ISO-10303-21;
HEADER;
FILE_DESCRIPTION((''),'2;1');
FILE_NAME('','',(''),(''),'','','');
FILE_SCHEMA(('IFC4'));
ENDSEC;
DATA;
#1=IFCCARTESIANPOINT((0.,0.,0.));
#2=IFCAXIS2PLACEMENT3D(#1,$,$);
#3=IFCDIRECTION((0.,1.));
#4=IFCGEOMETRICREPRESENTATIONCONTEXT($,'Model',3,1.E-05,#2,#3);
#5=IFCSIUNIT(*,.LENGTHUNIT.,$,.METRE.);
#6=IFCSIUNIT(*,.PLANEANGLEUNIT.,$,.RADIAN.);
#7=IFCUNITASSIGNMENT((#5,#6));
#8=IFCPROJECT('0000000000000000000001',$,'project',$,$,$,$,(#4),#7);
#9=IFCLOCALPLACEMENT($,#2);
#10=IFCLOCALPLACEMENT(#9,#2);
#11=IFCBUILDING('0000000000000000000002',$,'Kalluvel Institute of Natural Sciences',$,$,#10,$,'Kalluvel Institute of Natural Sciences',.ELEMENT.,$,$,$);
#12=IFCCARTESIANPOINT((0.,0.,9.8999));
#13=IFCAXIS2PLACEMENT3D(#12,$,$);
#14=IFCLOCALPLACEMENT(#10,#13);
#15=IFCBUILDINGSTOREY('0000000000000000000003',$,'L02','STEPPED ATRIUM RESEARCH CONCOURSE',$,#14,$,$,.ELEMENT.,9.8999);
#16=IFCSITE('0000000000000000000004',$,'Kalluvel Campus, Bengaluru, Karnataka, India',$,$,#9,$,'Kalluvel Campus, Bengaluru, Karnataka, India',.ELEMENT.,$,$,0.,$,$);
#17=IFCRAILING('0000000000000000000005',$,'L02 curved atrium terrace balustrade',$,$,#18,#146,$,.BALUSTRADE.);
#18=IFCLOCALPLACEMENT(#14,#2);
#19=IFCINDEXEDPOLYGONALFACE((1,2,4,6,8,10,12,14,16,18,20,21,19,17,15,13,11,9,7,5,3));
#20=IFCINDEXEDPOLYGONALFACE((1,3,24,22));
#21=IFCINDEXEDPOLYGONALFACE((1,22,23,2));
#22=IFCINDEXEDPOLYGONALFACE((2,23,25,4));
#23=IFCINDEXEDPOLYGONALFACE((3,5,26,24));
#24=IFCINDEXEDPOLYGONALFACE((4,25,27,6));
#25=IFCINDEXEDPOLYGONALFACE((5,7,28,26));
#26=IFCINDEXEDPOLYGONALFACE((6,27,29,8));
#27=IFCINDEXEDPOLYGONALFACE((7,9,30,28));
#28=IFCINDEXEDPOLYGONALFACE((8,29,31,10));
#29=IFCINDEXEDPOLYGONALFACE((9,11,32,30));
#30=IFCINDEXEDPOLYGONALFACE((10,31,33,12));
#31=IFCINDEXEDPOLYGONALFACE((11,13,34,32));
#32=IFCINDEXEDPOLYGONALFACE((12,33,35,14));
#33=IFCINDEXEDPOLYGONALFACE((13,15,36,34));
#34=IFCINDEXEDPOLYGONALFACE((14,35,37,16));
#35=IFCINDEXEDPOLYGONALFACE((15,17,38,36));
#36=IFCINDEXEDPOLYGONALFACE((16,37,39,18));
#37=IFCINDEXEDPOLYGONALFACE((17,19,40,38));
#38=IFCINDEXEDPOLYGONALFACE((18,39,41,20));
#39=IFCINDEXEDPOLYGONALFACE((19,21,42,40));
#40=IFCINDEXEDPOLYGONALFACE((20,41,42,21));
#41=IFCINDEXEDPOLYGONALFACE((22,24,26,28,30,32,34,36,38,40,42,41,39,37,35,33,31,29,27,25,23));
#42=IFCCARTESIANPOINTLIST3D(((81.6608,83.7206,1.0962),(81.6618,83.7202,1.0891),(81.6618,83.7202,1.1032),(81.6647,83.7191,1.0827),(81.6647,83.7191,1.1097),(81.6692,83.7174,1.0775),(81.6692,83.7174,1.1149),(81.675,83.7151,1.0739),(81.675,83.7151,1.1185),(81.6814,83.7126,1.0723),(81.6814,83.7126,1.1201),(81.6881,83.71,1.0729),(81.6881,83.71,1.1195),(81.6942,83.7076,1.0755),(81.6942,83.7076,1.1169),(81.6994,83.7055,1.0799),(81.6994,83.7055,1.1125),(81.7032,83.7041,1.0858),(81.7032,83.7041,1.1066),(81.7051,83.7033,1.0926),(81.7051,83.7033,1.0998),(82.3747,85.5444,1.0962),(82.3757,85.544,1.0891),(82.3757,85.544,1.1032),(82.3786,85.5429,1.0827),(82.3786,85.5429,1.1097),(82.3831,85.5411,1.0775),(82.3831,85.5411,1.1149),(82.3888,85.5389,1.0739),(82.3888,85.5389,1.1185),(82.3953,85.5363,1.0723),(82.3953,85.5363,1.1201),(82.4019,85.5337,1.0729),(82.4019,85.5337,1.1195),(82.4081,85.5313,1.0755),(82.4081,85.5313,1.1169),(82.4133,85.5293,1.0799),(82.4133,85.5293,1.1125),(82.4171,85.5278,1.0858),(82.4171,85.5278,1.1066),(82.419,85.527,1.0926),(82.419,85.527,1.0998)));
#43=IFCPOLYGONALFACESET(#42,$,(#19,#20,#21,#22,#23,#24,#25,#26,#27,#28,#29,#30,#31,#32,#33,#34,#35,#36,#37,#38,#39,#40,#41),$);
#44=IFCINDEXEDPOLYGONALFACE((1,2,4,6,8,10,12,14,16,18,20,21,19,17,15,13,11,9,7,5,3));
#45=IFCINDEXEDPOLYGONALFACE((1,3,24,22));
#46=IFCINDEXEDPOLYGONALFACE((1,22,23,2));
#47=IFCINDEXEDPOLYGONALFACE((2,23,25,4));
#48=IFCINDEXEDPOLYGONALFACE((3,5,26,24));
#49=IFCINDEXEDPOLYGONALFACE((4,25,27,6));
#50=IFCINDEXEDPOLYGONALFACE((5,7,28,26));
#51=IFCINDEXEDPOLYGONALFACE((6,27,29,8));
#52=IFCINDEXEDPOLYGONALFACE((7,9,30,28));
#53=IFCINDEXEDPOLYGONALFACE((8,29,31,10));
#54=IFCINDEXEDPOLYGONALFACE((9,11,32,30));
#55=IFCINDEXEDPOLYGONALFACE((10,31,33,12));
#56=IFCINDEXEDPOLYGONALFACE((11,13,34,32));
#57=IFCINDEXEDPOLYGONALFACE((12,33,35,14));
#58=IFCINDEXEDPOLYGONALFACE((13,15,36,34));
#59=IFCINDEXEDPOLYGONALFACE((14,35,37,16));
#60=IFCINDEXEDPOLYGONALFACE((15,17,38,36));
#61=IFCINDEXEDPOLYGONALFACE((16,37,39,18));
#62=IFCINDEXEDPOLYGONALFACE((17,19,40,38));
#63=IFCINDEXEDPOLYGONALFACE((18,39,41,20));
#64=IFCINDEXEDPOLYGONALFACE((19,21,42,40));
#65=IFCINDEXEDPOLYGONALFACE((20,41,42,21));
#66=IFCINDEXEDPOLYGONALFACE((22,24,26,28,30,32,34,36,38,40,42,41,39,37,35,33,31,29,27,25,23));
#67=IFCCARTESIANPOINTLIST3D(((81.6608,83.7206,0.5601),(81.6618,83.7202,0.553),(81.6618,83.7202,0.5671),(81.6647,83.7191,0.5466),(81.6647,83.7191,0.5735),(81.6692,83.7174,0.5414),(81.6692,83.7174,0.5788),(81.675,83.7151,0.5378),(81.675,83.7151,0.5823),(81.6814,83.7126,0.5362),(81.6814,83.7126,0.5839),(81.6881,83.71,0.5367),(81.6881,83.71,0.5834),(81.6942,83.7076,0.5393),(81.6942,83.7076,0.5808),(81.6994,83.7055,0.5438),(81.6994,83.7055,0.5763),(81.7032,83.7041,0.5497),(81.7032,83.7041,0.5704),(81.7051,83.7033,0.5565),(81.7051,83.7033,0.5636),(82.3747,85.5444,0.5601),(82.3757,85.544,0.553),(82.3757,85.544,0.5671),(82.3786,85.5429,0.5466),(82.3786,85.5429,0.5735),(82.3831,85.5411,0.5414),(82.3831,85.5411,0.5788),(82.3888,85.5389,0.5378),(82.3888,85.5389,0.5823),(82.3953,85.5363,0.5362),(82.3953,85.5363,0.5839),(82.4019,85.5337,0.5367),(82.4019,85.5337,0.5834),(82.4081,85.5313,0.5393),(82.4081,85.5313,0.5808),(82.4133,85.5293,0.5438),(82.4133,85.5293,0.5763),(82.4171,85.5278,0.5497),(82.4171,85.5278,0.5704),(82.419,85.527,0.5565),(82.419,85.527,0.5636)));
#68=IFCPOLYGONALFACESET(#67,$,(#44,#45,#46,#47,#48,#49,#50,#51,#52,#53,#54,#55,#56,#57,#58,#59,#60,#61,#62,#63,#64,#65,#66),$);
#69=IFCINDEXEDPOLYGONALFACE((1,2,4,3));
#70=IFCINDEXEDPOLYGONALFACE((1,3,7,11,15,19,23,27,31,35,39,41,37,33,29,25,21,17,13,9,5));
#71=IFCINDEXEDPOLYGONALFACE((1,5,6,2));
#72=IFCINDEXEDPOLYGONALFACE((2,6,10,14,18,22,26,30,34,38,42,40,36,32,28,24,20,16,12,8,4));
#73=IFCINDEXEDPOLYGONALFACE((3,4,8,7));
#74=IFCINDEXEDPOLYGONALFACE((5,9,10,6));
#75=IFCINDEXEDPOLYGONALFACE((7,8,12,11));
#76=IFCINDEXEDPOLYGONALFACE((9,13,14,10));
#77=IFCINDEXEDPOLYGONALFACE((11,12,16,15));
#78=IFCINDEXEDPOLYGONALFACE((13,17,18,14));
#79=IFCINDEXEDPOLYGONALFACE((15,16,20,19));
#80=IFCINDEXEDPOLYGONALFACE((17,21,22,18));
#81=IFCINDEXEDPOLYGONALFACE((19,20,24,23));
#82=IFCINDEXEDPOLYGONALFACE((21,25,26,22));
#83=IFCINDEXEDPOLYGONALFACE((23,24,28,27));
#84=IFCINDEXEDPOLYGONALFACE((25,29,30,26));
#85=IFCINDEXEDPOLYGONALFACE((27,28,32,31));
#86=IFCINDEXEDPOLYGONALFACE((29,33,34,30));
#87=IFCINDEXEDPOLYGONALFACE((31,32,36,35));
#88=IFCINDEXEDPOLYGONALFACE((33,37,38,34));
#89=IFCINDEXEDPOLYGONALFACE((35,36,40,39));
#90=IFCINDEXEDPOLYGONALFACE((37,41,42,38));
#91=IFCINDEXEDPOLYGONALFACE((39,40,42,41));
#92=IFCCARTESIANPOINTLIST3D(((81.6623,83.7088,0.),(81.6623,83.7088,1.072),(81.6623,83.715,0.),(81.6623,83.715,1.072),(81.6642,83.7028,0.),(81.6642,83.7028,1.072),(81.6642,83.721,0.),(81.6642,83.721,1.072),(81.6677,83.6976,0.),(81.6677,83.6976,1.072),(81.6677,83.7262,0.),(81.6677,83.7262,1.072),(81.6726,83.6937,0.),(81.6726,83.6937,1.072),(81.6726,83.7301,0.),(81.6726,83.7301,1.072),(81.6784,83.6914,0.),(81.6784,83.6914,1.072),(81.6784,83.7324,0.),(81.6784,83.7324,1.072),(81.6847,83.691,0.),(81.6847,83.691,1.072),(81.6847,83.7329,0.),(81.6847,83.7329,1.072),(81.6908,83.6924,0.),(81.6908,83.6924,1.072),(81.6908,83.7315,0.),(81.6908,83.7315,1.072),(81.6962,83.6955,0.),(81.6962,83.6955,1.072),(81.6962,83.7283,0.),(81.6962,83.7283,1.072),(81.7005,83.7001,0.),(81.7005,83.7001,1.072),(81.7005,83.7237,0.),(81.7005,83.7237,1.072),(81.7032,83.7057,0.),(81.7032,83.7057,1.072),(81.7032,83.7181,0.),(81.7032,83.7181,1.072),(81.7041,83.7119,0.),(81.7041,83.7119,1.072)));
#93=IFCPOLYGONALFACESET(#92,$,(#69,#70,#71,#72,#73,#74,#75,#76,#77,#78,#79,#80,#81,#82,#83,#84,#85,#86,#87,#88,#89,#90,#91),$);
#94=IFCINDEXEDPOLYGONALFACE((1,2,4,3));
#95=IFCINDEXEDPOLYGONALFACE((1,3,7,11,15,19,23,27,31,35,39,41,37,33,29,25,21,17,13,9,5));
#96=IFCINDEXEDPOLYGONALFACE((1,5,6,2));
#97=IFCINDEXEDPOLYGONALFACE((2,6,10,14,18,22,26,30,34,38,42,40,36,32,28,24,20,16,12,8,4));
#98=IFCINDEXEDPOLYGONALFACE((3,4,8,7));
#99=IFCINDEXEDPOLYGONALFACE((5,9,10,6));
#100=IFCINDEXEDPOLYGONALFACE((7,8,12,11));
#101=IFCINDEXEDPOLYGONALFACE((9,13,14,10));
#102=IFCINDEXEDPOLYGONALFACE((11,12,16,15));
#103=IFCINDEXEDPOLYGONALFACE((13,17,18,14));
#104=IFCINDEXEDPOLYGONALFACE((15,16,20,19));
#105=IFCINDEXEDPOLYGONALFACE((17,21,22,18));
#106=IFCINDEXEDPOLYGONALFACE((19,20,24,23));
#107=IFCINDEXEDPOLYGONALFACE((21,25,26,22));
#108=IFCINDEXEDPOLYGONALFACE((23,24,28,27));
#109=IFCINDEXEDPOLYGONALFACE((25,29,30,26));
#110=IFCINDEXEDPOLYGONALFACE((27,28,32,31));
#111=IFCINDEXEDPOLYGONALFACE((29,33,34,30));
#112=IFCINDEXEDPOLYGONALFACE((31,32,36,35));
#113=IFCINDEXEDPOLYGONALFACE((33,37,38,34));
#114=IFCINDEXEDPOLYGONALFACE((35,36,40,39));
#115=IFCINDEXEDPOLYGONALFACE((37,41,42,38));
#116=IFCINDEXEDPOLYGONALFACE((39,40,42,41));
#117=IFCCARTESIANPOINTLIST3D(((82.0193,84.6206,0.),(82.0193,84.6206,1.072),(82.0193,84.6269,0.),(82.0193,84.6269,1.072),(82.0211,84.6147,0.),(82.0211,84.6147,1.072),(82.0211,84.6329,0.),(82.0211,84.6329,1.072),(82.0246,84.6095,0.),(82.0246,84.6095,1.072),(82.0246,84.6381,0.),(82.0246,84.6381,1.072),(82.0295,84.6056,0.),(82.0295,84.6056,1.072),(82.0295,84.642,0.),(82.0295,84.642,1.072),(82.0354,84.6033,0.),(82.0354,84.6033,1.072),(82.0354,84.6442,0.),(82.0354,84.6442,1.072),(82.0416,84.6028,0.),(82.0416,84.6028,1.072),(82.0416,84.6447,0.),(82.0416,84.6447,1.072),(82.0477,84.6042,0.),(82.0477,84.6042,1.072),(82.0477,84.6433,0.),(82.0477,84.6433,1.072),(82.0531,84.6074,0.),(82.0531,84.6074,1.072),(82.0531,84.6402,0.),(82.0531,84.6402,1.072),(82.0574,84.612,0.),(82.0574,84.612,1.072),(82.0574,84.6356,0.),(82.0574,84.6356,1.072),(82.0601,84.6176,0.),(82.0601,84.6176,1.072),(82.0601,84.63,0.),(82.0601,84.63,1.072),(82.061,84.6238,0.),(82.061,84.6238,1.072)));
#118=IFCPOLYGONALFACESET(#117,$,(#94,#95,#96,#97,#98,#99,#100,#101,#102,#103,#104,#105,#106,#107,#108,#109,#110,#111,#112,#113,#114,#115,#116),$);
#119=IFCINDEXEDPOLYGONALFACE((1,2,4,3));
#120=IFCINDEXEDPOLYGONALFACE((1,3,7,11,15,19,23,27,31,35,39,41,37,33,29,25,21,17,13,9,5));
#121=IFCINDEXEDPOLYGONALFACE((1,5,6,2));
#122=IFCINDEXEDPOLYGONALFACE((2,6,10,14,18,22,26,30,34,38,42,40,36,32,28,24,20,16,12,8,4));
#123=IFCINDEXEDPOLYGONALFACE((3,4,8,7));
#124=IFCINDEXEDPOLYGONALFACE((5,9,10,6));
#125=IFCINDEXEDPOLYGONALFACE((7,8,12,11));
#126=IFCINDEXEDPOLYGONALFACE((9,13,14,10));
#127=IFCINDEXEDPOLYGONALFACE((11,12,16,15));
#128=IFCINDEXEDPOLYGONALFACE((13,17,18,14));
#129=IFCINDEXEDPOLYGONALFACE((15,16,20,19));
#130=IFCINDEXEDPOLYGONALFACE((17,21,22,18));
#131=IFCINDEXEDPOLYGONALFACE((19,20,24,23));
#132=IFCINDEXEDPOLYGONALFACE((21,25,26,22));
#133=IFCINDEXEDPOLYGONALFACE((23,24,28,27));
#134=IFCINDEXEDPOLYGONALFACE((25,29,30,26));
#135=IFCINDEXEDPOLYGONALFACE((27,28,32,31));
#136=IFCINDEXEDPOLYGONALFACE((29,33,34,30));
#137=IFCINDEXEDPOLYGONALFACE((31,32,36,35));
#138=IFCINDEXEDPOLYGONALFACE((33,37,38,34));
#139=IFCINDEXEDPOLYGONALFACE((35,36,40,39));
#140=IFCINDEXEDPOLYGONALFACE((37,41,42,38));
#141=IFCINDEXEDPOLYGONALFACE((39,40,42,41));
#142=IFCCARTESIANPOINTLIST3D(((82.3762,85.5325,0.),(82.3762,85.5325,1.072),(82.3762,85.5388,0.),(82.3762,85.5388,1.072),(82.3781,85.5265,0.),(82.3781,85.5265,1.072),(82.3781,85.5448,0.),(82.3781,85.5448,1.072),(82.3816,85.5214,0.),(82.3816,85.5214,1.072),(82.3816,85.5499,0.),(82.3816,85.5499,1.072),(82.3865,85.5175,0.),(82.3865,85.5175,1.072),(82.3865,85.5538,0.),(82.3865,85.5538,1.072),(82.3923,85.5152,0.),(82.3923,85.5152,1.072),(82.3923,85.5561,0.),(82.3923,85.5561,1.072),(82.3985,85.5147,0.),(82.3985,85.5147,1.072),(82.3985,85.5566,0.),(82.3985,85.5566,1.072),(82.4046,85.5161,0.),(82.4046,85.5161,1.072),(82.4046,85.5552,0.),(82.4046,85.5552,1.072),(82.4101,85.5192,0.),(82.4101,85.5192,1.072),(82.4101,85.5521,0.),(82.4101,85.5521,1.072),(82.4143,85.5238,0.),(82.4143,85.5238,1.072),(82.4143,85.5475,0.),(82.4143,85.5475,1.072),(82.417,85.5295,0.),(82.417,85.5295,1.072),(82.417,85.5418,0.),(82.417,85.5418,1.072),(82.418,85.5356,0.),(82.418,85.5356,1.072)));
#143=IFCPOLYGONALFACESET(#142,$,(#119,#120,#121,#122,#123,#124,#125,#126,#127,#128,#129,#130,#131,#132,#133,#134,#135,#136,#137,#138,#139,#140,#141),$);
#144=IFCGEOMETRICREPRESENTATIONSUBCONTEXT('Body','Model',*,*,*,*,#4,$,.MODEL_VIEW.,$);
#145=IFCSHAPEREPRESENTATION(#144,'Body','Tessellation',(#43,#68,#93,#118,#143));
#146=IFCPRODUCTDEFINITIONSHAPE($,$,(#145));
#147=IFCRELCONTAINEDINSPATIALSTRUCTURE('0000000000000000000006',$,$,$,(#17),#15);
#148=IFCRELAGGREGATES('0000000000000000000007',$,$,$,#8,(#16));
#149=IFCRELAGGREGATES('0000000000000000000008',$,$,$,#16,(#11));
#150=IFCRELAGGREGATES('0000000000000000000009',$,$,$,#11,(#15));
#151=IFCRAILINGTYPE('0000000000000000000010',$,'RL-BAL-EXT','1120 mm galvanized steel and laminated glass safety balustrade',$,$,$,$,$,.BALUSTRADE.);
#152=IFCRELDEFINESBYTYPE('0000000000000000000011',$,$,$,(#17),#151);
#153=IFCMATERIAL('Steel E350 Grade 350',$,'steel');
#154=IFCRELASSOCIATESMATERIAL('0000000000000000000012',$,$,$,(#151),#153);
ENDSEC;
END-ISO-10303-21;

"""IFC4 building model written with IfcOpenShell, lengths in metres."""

from ifc_helpers import new_model, si_unit, direction, frame, origin, origin_2d, place, context, subcontext, project, spatial, circle, extrude, material, type_object, element, save


model = new_model("IFC4")

# Units and contexts
model_context = context("Model", 3, precision=1e-05, world=origin(), true_north=direction((0.0, 1.0)))
body_context = subcontext(model_context, "Body", "Model", "MODEL_VIEW")
ifc_project = project(units=[si_unit("LENGTHUNIT", "METRE"), si_unit("PLANEANGLEUNIT", "RADIAN")], contexts=[model_context])

# Site, building, storey
site_placement = place(None, origin())
site = spatial("IfcSite", under=ifc_project, at=site_placement, Name="Kalluvel Campus, Bengaluru, Karnataka, India", LongName="Kalluvel Campus, Bengaluru, Karnataka, India", CompositionType="ELEMENT", RefElevation=0.0)
building_placement = place(site_placement, origin())
building = spatial("IfcBuilding", under=site, at=building_placement, Name="Kalluvel Institute of Natural Sciences", LongName="Kalluvel Institute of Natural Sciences", CompositionType="ELEMENT")
storey_placement = place(building_placement, frame((0.0, 0.0, 9.8999)))
storey = spatial("IfcBuildingStorey", under=building, at=storey_placement, Name="L02", Description="STEPPED ATRIUM RESEARCH CONCOURSE", CompositionType="ELEMENT", Elevation=9.8999)

# Railing
ifc_material_1 = material(Name="Steel E350 Grade 350", Category="steel")
railing_type = type_object("IfcRailingType", Name="RL-BAL-EXT", Description="1120 mm galvanized steel and laminated glass safety balustrade", PredefinedType="BALUSTRADE", material=ifc_material_1)
railing_1_placement = place(storey_placement, frame((81.6831, 83.7119, 0.0)))
element("IfcRailing", 1, at=railing_1_placement, inside=storey, type_object=railing_type, Name="L02 curved atrium terrace balustrade", PredefinedType="BALUSTRADE", context=body_context, shape_type="SweptSolid", body=[
    extrude(circle(Radius=0.0239, at=origin_2d()), frame((0.0, 0.0, 1.0962), z_axis=(0.364503, 0.931202, 0.0), x_axis=(-0.931202, 0.364503, 0.0)), (0.0, 0.0, 1.0), 1.9585),
    extrude(circle(Radius=0.0239, at=origin_2d()), frame((0.0, 0.0, 0.5601), z_axis=(0.364503, 0.931202, 0.0), x_axis=(-0.931202, 0.364503, 0.0)), (0.0, 0.0, 1.0), 1.9585),
    extrude(circle(Radius=0.021, at=origin_2d()), origin(), (0.0, 0.0, 1.0), 1.072),
    extrude(circle(Radius=0.021, at=origin_2d()), frame((0.3569, 0.9119, 0.0)), (0.0, 0.0, 1.0), 1.072),
    extrude(circle(Radius=0.021, at=origin_2d()), frame((0.7139, 1.8237, 0.0)), (0.0, 0.0, 1.0), 1.072),
])

save(model, "model.ifc")
